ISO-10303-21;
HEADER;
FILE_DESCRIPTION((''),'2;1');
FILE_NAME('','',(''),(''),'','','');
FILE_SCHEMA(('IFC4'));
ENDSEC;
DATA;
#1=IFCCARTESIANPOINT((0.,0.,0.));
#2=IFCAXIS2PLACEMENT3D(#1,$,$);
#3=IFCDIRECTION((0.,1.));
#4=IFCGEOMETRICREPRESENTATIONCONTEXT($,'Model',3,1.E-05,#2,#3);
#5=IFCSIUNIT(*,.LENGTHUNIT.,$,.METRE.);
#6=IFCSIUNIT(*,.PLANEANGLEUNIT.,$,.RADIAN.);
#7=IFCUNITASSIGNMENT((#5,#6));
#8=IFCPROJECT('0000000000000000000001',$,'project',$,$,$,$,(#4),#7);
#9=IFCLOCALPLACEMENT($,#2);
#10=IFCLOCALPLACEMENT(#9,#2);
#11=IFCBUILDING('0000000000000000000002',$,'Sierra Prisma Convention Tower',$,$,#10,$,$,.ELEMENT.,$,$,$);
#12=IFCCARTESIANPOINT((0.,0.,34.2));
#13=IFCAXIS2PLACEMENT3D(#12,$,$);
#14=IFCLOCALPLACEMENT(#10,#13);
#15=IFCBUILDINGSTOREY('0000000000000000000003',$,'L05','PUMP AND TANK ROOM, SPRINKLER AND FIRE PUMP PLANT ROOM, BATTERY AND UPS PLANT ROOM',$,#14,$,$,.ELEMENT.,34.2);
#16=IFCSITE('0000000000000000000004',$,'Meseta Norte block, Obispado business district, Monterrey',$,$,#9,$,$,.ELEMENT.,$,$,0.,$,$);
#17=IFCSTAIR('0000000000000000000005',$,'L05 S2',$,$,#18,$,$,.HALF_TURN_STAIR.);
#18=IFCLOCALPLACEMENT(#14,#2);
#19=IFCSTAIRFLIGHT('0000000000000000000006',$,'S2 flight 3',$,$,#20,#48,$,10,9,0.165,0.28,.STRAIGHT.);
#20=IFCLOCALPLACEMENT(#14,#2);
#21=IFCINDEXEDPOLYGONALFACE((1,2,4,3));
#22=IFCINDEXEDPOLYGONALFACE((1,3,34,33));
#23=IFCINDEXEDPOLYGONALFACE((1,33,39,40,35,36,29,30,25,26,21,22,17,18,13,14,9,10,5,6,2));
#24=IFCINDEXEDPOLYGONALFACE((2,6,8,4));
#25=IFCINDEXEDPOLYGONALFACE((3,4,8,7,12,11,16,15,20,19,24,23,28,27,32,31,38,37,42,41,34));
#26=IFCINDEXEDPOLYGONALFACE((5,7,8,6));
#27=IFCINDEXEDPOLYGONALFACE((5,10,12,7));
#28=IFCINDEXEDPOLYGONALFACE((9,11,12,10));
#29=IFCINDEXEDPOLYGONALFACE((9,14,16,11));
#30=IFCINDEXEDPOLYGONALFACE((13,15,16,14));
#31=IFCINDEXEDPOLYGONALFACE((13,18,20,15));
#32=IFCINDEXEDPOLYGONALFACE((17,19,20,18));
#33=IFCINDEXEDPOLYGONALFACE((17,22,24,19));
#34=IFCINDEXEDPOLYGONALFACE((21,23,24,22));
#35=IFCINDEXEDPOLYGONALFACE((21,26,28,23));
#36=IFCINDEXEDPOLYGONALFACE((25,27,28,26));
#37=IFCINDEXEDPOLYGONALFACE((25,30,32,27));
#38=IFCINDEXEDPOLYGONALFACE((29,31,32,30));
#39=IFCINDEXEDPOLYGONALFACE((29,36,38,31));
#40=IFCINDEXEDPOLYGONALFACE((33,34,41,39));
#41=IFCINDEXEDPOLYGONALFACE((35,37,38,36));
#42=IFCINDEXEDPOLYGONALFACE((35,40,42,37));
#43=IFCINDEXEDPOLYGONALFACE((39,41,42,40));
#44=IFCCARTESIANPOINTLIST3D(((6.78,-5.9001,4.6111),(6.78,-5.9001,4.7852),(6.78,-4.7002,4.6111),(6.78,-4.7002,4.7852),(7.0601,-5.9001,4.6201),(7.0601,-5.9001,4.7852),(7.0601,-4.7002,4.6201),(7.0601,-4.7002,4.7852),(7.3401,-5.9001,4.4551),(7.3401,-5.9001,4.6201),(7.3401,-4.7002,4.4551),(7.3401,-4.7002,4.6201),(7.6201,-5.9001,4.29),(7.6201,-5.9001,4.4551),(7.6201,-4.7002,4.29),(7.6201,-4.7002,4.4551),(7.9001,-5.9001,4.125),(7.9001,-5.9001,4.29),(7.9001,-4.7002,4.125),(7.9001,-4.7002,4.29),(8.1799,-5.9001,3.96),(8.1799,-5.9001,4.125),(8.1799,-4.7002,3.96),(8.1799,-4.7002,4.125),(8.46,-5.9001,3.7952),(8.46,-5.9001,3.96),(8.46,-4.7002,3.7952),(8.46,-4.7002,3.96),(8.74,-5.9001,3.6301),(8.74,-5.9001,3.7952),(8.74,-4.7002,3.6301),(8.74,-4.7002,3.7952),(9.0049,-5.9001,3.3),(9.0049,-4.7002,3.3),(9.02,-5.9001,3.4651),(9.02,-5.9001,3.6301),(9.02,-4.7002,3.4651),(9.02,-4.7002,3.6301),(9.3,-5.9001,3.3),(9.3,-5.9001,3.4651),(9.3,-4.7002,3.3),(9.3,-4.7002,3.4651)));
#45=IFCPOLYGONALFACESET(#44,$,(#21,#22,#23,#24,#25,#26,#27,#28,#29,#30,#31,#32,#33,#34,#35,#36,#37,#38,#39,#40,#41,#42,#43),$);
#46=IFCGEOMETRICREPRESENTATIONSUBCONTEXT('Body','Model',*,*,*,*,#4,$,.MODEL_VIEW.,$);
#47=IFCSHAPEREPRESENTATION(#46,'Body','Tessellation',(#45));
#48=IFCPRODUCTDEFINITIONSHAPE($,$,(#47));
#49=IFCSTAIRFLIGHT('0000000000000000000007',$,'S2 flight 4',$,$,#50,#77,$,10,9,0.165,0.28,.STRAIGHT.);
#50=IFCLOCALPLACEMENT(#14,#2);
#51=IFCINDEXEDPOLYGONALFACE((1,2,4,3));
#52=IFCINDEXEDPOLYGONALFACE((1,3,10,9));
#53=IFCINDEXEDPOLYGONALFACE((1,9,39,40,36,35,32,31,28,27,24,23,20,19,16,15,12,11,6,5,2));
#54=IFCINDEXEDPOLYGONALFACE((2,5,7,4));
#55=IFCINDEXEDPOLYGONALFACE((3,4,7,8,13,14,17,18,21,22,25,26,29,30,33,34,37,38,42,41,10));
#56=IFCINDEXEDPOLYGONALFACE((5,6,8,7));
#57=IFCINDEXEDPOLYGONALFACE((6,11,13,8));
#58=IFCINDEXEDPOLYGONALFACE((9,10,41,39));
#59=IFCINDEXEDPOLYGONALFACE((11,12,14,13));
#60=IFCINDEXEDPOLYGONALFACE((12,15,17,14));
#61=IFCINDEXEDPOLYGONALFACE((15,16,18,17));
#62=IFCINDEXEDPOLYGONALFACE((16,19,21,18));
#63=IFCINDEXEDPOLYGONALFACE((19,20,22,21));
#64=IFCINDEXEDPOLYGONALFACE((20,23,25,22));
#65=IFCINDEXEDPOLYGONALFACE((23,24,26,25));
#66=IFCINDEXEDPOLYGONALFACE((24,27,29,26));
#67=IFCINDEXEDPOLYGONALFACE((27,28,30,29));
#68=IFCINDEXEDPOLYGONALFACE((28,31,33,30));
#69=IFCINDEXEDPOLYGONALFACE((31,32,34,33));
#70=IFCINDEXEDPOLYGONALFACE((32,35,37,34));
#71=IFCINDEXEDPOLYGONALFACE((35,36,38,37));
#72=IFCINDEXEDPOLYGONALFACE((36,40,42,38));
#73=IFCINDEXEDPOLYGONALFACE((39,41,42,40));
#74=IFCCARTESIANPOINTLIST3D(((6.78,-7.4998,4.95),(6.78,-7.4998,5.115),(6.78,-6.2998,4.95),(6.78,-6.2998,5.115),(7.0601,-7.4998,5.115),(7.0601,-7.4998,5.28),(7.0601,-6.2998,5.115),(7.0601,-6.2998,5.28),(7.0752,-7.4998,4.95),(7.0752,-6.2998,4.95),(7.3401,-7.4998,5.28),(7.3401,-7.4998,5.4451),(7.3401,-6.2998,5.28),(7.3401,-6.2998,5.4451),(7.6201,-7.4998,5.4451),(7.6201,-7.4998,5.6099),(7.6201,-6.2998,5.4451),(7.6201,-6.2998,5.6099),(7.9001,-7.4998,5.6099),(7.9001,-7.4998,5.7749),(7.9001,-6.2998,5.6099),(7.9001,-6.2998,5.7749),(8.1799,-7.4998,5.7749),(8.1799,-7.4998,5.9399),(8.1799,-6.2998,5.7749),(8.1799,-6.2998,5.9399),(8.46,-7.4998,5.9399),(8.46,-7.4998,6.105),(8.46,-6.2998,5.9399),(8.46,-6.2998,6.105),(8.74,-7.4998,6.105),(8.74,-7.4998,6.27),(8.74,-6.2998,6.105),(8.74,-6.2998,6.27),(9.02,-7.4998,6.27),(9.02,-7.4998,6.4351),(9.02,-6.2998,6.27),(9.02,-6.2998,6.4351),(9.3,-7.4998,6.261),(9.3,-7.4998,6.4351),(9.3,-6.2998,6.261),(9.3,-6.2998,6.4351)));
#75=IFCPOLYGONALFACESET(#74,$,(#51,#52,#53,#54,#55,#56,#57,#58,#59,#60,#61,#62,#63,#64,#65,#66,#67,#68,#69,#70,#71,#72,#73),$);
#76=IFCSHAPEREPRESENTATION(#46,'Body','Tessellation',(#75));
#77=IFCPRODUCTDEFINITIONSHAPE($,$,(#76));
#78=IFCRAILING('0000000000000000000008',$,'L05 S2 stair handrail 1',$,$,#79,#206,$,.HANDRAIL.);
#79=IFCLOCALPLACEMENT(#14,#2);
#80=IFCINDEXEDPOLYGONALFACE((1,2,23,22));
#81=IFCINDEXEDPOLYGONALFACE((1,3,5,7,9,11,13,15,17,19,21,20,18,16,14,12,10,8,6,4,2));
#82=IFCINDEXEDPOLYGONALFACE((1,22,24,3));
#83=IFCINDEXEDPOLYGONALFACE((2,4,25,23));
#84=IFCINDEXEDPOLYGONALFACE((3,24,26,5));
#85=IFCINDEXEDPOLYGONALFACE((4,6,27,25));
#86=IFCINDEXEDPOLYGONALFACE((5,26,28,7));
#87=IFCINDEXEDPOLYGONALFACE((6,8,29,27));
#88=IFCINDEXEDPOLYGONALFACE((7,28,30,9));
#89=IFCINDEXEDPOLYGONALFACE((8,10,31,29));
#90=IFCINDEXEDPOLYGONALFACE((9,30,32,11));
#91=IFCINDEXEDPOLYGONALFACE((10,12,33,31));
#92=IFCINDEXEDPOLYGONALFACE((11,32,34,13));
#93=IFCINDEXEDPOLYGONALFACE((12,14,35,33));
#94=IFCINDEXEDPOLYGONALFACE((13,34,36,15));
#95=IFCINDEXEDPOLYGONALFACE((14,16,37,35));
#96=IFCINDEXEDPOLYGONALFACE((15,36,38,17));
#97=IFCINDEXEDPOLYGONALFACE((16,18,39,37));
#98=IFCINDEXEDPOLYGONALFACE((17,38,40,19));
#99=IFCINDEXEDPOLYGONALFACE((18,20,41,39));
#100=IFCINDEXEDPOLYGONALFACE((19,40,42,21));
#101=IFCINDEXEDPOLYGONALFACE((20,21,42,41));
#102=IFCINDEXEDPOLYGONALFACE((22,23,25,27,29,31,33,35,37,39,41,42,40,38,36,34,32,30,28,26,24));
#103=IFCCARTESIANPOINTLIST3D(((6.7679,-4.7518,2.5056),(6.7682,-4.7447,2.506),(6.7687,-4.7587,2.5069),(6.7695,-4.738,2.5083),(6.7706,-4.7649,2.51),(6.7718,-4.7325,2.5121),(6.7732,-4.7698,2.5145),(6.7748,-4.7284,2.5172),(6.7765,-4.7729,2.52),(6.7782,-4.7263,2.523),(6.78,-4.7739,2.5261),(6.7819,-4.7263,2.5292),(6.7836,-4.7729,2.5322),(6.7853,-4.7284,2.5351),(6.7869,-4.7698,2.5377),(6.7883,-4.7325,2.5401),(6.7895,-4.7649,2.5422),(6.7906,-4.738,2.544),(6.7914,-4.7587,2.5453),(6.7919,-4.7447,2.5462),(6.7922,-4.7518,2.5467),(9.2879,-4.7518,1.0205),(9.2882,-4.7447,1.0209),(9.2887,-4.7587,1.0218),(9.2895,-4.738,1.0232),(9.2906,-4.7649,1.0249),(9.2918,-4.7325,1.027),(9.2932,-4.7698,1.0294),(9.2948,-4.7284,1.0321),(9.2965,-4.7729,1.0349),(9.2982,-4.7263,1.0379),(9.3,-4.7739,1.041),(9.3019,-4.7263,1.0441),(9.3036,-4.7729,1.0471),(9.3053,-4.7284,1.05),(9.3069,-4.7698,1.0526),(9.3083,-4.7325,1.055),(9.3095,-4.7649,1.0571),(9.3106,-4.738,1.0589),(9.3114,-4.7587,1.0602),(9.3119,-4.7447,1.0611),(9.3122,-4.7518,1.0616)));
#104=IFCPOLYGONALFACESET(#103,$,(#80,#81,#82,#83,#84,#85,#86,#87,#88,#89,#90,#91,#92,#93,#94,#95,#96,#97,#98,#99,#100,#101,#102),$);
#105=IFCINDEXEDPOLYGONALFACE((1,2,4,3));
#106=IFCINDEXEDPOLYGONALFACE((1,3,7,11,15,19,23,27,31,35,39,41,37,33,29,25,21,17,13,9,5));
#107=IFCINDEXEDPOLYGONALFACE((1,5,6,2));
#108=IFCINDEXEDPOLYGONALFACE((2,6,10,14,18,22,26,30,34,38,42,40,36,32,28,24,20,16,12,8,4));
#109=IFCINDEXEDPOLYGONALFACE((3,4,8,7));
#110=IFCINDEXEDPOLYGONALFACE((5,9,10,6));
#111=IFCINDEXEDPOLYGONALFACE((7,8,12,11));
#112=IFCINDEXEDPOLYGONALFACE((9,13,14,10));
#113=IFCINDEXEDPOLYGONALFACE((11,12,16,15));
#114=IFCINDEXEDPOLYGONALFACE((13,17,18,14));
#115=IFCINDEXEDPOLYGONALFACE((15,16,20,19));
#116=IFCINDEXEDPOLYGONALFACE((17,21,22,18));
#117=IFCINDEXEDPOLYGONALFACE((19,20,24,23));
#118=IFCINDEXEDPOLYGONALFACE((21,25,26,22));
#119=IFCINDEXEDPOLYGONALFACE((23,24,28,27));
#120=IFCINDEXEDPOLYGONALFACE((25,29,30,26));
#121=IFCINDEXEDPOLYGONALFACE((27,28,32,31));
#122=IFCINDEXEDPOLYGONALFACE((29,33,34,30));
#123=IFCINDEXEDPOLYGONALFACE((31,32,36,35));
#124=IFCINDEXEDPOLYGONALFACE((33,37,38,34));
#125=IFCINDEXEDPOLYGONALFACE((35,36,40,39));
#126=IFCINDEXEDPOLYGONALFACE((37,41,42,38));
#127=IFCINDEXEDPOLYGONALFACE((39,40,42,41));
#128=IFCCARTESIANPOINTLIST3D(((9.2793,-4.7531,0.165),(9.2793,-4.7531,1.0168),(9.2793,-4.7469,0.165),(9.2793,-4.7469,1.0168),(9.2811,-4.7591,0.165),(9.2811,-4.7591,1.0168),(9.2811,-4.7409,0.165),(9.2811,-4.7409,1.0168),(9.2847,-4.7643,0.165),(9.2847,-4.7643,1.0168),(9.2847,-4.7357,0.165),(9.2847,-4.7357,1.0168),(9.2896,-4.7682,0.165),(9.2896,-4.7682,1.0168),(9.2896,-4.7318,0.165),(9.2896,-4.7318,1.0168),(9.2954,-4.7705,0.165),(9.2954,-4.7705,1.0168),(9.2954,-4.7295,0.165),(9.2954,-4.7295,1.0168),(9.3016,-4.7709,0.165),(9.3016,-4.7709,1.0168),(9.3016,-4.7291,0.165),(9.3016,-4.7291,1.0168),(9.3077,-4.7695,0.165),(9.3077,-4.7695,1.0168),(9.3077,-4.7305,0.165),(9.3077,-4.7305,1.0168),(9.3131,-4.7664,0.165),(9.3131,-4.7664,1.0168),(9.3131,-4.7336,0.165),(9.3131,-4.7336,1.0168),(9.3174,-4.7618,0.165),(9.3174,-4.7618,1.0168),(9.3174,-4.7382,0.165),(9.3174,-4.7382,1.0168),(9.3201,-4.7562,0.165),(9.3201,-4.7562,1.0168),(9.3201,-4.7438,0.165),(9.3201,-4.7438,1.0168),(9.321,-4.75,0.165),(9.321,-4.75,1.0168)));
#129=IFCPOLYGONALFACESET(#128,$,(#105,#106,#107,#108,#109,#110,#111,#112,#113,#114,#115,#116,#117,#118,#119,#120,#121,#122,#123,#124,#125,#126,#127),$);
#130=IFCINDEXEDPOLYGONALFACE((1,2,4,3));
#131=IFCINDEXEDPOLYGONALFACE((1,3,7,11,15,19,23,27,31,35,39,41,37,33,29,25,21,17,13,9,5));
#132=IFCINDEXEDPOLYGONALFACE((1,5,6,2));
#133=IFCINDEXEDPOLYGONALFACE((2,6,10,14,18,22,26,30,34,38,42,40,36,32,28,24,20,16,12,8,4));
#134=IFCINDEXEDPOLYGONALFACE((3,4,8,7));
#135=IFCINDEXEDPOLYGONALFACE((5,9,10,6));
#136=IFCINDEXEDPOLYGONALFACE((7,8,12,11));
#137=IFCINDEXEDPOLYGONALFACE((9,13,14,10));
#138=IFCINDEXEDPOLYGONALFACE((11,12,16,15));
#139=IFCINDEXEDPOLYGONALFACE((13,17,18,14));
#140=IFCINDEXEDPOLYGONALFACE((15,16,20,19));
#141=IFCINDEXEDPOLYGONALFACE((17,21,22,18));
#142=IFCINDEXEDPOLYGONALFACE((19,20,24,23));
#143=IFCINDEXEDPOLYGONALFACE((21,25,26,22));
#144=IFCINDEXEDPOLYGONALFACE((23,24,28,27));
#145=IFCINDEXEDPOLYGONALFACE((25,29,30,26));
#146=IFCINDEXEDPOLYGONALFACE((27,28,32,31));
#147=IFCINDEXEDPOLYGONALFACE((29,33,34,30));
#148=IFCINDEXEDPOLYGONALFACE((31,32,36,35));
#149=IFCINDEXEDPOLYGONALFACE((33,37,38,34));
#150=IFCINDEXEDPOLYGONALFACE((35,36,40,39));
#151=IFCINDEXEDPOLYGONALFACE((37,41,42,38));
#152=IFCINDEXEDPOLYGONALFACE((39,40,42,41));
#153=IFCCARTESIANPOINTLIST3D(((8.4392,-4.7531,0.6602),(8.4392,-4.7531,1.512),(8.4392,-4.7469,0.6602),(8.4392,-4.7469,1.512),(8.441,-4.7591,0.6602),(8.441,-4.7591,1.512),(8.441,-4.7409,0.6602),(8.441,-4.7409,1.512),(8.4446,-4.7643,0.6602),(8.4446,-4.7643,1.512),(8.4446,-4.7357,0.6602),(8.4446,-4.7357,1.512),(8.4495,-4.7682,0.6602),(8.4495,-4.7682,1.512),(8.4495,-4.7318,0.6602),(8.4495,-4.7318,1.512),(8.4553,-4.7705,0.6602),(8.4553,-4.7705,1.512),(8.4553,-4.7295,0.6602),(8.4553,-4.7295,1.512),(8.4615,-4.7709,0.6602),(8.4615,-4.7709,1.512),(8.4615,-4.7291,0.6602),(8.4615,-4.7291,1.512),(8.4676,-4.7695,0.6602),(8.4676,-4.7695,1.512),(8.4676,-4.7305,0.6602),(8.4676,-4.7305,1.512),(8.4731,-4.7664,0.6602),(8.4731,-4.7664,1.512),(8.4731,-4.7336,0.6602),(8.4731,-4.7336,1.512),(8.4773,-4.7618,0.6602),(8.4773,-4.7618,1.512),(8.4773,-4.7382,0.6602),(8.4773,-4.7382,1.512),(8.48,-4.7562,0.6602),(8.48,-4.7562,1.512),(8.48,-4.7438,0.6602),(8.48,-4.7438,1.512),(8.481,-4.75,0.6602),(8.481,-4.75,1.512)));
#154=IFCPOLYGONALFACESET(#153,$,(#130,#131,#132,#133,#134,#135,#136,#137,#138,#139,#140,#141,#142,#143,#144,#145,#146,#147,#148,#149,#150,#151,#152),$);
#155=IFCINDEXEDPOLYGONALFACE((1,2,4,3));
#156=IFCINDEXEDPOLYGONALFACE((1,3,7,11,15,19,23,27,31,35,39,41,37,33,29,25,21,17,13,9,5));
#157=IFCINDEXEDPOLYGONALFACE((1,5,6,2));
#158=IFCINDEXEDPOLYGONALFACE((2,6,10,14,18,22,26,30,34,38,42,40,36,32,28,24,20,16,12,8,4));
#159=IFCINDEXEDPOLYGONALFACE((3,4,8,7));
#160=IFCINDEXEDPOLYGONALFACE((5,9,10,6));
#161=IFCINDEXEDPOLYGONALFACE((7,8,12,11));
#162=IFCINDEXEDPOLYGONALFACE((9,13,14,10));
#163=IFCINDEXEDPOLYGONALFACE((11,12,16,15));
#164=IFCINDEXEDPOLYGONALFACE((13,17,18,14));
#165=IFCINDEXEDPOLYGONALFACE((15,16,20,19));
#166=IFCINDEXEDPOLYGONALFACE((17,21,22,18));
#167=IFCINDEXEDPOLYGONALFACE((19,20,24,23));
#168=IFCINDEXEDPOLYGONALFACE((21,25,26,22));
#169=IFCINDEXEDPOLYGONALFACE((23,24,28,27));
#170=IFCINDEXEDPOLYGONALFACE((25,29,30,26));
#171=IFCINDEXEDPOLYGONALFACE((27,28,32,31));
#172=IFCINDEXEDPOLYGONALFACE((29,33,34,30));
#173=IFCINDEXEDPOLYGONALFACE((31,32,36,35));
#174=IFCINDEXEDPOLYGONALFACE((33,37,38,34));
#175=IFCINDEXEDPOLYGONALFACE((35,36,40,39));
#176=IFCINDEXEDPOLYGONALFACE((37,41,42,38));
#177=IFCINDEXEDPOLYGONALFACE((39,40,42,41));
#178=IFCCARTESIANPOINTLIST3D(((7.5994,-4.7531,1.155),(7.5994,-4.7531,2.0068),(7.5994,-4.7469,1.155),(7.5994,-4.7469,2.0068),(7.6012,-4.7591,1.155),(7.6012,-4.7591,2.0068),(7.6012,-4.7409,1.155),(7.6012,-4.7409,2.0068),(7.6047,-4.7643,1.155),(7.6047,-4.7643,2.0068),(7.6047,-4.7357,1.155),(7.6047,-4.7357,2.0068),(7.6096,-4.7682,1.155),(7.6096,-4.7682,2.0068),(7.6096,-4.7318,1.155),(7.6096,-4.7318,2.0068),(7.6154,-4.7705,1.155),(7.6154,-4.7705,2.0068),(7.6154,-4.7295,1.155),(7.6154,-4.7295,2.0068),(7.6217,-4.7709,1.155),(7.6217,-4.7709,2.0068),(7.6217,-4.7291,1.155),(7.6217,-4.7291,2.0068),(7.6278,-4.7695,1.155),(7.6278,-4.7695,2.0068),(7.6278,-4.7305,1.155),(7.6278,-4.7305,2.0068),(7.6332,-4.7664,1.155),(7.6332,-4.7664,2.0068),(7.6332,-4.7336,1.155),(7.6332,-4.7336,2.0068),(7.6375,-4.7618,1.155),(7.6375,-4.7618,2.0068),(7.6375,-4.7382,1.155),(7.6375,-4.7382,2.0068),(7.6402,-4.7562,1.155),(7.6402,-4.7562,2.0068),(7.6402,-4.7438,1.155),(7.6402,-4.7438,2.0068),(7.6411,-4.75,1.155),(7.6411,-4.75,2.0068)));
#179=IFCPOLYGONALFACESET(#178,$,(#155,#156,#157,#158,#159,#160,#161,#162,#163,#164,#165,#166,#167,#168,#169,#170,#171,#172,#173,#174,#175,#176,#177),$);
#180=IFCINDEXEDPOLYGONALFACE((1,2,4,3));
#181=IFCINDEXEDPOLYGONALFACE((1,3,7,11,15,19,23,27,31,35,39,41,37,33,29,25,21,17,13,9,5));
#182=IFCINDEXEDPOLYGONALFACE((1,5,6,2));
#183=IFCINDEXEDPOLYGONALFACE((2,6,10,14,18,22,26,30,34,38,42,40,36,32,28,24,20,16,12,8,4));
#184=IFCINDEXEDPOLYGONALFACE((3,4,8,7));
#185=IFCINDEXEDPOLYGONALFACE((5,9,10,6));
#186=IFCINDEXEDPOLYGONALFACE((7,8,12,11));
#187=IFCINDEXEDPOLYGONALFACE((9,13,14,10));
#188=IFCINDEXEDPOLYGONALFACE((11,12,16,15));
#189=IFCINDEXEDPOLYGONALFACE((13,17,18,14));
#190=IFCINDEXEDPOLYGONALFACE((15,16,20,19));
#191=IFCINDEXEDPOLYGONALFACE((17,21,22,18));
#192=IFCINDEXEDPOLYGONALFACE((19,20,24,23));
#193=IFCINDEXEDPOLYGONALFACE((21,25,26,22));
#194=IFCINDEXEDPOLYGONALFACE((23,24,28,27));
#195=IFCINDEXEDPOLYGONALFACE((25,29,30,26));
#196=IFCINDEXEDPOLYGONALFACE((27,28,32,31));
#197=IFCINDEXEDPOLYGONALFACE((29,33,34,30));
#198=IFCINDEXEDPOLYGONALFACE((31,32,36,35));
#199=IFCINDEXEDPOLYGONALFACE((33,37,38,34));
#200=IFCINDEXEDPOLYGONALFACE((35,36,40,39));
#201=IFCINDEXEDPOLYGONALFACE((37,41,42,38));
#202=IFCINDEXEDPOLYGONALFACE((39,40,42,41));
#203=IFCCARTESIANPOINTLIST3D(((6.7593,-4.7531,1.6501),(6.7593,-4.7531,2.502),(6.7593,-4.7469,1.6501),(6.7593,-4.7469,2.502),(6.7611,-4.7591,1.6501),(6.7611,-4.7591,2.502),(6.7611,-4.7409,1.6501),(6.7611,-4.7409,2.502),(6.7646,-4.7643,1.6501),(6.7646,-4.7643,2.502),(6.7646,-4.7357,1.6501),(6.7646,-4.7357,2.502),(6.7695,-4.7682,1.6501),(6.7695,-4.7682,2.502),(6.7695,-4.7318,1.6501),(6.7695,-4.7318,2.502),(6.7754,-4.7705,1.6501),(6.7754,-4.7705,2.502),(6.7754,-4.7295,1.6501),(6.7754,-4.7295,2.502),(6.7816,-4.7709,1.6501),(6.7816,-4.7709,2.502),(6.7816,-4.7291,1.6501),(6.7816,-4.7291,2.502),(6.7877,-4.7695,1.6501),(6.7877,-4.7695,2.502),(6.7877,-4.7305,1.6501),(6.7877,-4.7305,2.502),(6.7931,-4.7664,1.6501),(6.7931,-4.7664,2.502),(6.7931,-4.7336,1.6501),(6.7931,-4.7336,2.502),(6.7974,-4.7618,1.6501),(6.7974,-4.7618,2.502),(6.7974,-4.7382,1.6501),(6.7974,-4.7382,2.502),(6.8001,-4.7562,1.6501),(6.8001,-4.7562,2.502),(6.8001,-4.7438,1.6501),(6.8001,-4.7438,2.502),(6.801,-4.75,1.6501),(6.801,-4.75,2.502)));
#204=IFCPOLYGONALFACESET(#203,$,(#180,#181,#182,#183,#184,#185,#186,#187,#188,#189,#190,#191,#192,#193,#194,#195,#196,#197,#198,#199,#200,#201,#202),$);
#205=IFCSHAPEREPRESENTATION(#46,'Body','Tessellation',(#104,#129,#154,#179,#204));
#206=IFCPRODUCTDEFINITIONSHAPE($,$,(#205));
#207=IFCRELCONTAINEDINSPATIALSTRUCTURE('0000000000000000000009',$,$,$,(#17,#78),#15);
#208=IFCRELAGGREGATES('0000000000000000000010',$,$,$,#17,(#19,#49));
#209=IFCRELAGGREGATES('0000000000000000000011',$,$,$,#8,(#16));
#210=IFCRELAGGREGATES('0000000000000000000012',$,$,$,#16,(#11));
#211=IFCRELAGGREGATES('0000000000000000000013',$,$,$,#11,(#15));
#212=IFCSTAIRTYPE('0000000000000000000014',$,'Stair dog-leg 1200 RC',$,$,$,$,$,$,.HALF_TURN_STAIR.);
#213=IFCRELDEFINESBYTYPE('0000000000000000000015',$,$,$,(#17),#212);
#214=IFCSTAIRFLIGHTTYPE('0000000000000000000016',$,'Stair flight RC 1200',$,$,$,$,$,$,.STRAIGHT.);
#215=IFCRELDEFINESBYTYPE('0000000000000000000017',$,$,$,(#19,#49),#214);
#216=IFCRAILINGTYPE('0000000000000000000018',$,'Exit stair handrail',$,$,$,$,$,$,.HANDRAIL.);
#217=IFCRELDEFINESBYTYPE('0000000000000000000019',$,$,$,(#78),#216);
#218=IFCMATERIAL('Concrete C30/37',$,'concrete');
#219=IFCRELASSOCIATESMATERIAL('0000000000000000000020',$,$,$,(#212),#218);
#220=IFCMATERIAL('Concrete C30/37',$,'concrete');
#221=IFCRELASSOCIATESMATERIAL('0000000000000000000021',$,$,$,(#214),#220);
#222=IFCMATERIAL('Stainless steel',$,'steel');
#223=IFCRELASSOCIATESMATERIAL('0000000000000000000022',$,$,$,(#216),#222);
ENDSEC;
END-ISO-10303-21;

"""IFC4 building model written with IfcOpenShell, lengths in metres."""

from ifc_helpers import new_model, si_unit, direction, frame, origin, origin_2d, place, context, subcontext, project, spatial, polyline, circle, outline, extrude, material, type_object, element, aggregate, save


model = new_model("IFC4")

# Units and contexts
model_context = context("Model", 3, precision=1e-05, world=origin(), true_north=direction((0.0, 1.0)))
body_context = subcontext(model_context, "Body", "Model", "MODEL_VIEW")
ifc_project = project(units=[si_unit("LENGTHUNIT", "METRE"), si_unit("PLANEANGLEUNIT", "RADIAN")], contexts=[model_context])

# Site, building, storey
site_placement = place(None, origin())
site = spatial("IfcSite", under=ifc_project, at=site_placement, Name="Meseta Norte block, Obispado business district, Monterrey", CompositionType="ELEMENT", RefElevation=0.0)
building_placement = place(site_placement, origin())
building = spatial("IfcBuilding", under=site, at=building_placement, Name="Sierra Prisma Convention Tower", CompositionType="ELEMENT")
storey_placement = place(building_placement, frame((0.0, 0.0, 34.2)))
storey = spatial("IfcBuildingStorey", under=building, at=storey_placement, Name="L05", Description="PUMP AND TANK ROOM, SPRINKLER AND FIRE PUMP PLANT ROOM, BATTERY AND UPS PLANT ROOM", CompositionType="ELEMENT", Elevation=34.2)

# Stair, stair flights
ifc_material_1 = material(Name="Concrete C30/37", Category="concrete")
stair_type = type_object("IfcStairType", Name="Stair dog-leg 1200 RC", PredefinedType="HALF_TURN_STAIR", material=ifc_material_1)
stair_placement = place(storey_placement, origin())
stair = element("IfcStair", 1, at=stair_placement, inside=storey, type_object=stair_type, Name="L05 S2", PredefinedType="HALF_TURN_STAIR")
ifc_material_2 = material(Name="Concrete C30/37", Category="concrete")
stair_flight_type = type_object("IfcStairFlightType", Name="Stair flight RC 1200", PredefinedType="STRAIGHT", material=ifc_material_2)
stair_flight_1_placement = place(storey_placement, frame((9.3, -5.3, 3.3), z_axis=(0.0, 0.0, 1.0), x_axis=(-1.0, 0.0, 0.0)))
stair_flight_1 = element("IfcStairFlight", 2, at=stair_flight_1_placement, type_object=stair_flight_type, Name="S2 flight 3", NumberOfRisers=10, NumberOfTreads=9, PredefinedType="STRAIGHT", RiserHeight=0.165, TreadLength=0.28, context=body_context, shape_type="SweptSolid", body=[
    extrude(outline(polyline([(0.0, 0.0), (0.0, 0.165), (0.28, 0.165), (0.28, 0.3301), (0.5601, 0.3301), (0.5601, 0.4951), (0.8401, 0.4951), (0.8401, 0.6599), (1.1201, 0.6599), (1.1201, 0.825), (1.3999, 0.825), (1.3999, 0.99), (1.6799, 0.99), (1.6799, 1.155), (1.96, 1.155), (1.96, 1.3201), (2.24, 1.3201), (2.24, 1.4851), (2.52, 1.4851), (2.52, 1.6499), (2.52, 1.311), (0.2952, 0.0), (0.0, 0.0)])), frame((0.0, 0.6001, 0.0), z_axis=(0.0, -1.0, 0.0), x_axis=(1.0, 0.0, 0.0)), (0.0, 0.0, 1.0), 1.2),
])
stair_flight_2_placement = place(storey_placement, frame((6.78, -6.8999, 4.95), z_axis=(0.0, 0.0, 1.0), x_axis=(1.0, 0.0, 0.0)))
stair_flight_2 = element("IfcStairFlight", 3, at=stair_flight_2_placement, type_object=stair_flight_type, Name="S2 flight 4", NumberOfRisers=10, NumberOfTreads=9, PredefinedType="STRAIGHT", RiserHeight=0.165, TreadLength=0.28, context=body_context, shape_type="SweptSolid", body=[
    extrude(outline(polyline([(0.0, 0.0), (0.0, 0.165), (0.28, 0.165), (0.28, 0.3301), (0.5601, 0.3301), (0.5601, 0.4951), (0.8401, 0.4951), (0.8401, 0.6599), (1.1201, 0.6599), (1.1201, 0.825), (1.3999, 0.825), (1.3999, 0.99), (1.6799, 0.99), (1.6799, 1.155), (1.96, 1.155), (1.96, 1.3201), (2.24, 1.3201), (2.24, 1.4851), (2.52, 1.4851), (2.52, 1.6499), (2.52, 1.311), (0.2952, 0.0), (0.0, 0.0)])), frame((0.0, 0.6001, 0.0), z_axis=(0.0, -1.0, 0.0), x_axis=(1.0, 0.0, 0.0)), (0.0, 0.0, 1.0), 1.2),
])
aggregate(stair, [stair_flight_1, stair_flight_2])

# Railing
ifc_material_3 = material(Name="Stainless steel", Category="steel")
railing_type_1 = type_object("IfcRailingType", Name="Exit stair handrail", PredefinedType="HANDRAIL", material=ifc_material_3)
railing_1_placement = place(storey_placement, frame((9.3, -4.75, 0.165)))
element("IfcRailing", 4, at=railing_1_placement, inside=storey, type_object=railing_type_1, Name="L05 S2 stair handrail 1", PredefinedType="HANDRAIL", context=body_context, shape_type="SweptSolid", body=[
    extrude(circle(Radius=0.0239, at=origin_2d()), frame((0.0, 0.0, 0.876), z_axis=(-0.861524, 0.0, 0.507717), x_axis=(0.0, -1.0, 0.0)), (0.0, 0.0, 1.0), 2.925),
    extrude(circle(Radius=0.021, at=origin_2d()), origin(), (0.0, 0.0, 1.0), 0.8518),
    extrude(circle(Radius=0.021, at=origin_2d()), frame((-0.8401, 0.0, 0.4951)), (0.0, 0.0, 1.0), 0.8518),
    extrude(circle(Radius=0.021, at=origin_2d()), frame((-1.6799, 0.0, 0.99)), (0.0, 0.0, 1.0), 0.8518),
    extrude(circle(Radius=0.021, at=origin_2d()), frame((-2.52, 0.0, 1.4851)), (0.0, 0.0, 1.0), 0.8518),
])

save(model, "model.ifc")
